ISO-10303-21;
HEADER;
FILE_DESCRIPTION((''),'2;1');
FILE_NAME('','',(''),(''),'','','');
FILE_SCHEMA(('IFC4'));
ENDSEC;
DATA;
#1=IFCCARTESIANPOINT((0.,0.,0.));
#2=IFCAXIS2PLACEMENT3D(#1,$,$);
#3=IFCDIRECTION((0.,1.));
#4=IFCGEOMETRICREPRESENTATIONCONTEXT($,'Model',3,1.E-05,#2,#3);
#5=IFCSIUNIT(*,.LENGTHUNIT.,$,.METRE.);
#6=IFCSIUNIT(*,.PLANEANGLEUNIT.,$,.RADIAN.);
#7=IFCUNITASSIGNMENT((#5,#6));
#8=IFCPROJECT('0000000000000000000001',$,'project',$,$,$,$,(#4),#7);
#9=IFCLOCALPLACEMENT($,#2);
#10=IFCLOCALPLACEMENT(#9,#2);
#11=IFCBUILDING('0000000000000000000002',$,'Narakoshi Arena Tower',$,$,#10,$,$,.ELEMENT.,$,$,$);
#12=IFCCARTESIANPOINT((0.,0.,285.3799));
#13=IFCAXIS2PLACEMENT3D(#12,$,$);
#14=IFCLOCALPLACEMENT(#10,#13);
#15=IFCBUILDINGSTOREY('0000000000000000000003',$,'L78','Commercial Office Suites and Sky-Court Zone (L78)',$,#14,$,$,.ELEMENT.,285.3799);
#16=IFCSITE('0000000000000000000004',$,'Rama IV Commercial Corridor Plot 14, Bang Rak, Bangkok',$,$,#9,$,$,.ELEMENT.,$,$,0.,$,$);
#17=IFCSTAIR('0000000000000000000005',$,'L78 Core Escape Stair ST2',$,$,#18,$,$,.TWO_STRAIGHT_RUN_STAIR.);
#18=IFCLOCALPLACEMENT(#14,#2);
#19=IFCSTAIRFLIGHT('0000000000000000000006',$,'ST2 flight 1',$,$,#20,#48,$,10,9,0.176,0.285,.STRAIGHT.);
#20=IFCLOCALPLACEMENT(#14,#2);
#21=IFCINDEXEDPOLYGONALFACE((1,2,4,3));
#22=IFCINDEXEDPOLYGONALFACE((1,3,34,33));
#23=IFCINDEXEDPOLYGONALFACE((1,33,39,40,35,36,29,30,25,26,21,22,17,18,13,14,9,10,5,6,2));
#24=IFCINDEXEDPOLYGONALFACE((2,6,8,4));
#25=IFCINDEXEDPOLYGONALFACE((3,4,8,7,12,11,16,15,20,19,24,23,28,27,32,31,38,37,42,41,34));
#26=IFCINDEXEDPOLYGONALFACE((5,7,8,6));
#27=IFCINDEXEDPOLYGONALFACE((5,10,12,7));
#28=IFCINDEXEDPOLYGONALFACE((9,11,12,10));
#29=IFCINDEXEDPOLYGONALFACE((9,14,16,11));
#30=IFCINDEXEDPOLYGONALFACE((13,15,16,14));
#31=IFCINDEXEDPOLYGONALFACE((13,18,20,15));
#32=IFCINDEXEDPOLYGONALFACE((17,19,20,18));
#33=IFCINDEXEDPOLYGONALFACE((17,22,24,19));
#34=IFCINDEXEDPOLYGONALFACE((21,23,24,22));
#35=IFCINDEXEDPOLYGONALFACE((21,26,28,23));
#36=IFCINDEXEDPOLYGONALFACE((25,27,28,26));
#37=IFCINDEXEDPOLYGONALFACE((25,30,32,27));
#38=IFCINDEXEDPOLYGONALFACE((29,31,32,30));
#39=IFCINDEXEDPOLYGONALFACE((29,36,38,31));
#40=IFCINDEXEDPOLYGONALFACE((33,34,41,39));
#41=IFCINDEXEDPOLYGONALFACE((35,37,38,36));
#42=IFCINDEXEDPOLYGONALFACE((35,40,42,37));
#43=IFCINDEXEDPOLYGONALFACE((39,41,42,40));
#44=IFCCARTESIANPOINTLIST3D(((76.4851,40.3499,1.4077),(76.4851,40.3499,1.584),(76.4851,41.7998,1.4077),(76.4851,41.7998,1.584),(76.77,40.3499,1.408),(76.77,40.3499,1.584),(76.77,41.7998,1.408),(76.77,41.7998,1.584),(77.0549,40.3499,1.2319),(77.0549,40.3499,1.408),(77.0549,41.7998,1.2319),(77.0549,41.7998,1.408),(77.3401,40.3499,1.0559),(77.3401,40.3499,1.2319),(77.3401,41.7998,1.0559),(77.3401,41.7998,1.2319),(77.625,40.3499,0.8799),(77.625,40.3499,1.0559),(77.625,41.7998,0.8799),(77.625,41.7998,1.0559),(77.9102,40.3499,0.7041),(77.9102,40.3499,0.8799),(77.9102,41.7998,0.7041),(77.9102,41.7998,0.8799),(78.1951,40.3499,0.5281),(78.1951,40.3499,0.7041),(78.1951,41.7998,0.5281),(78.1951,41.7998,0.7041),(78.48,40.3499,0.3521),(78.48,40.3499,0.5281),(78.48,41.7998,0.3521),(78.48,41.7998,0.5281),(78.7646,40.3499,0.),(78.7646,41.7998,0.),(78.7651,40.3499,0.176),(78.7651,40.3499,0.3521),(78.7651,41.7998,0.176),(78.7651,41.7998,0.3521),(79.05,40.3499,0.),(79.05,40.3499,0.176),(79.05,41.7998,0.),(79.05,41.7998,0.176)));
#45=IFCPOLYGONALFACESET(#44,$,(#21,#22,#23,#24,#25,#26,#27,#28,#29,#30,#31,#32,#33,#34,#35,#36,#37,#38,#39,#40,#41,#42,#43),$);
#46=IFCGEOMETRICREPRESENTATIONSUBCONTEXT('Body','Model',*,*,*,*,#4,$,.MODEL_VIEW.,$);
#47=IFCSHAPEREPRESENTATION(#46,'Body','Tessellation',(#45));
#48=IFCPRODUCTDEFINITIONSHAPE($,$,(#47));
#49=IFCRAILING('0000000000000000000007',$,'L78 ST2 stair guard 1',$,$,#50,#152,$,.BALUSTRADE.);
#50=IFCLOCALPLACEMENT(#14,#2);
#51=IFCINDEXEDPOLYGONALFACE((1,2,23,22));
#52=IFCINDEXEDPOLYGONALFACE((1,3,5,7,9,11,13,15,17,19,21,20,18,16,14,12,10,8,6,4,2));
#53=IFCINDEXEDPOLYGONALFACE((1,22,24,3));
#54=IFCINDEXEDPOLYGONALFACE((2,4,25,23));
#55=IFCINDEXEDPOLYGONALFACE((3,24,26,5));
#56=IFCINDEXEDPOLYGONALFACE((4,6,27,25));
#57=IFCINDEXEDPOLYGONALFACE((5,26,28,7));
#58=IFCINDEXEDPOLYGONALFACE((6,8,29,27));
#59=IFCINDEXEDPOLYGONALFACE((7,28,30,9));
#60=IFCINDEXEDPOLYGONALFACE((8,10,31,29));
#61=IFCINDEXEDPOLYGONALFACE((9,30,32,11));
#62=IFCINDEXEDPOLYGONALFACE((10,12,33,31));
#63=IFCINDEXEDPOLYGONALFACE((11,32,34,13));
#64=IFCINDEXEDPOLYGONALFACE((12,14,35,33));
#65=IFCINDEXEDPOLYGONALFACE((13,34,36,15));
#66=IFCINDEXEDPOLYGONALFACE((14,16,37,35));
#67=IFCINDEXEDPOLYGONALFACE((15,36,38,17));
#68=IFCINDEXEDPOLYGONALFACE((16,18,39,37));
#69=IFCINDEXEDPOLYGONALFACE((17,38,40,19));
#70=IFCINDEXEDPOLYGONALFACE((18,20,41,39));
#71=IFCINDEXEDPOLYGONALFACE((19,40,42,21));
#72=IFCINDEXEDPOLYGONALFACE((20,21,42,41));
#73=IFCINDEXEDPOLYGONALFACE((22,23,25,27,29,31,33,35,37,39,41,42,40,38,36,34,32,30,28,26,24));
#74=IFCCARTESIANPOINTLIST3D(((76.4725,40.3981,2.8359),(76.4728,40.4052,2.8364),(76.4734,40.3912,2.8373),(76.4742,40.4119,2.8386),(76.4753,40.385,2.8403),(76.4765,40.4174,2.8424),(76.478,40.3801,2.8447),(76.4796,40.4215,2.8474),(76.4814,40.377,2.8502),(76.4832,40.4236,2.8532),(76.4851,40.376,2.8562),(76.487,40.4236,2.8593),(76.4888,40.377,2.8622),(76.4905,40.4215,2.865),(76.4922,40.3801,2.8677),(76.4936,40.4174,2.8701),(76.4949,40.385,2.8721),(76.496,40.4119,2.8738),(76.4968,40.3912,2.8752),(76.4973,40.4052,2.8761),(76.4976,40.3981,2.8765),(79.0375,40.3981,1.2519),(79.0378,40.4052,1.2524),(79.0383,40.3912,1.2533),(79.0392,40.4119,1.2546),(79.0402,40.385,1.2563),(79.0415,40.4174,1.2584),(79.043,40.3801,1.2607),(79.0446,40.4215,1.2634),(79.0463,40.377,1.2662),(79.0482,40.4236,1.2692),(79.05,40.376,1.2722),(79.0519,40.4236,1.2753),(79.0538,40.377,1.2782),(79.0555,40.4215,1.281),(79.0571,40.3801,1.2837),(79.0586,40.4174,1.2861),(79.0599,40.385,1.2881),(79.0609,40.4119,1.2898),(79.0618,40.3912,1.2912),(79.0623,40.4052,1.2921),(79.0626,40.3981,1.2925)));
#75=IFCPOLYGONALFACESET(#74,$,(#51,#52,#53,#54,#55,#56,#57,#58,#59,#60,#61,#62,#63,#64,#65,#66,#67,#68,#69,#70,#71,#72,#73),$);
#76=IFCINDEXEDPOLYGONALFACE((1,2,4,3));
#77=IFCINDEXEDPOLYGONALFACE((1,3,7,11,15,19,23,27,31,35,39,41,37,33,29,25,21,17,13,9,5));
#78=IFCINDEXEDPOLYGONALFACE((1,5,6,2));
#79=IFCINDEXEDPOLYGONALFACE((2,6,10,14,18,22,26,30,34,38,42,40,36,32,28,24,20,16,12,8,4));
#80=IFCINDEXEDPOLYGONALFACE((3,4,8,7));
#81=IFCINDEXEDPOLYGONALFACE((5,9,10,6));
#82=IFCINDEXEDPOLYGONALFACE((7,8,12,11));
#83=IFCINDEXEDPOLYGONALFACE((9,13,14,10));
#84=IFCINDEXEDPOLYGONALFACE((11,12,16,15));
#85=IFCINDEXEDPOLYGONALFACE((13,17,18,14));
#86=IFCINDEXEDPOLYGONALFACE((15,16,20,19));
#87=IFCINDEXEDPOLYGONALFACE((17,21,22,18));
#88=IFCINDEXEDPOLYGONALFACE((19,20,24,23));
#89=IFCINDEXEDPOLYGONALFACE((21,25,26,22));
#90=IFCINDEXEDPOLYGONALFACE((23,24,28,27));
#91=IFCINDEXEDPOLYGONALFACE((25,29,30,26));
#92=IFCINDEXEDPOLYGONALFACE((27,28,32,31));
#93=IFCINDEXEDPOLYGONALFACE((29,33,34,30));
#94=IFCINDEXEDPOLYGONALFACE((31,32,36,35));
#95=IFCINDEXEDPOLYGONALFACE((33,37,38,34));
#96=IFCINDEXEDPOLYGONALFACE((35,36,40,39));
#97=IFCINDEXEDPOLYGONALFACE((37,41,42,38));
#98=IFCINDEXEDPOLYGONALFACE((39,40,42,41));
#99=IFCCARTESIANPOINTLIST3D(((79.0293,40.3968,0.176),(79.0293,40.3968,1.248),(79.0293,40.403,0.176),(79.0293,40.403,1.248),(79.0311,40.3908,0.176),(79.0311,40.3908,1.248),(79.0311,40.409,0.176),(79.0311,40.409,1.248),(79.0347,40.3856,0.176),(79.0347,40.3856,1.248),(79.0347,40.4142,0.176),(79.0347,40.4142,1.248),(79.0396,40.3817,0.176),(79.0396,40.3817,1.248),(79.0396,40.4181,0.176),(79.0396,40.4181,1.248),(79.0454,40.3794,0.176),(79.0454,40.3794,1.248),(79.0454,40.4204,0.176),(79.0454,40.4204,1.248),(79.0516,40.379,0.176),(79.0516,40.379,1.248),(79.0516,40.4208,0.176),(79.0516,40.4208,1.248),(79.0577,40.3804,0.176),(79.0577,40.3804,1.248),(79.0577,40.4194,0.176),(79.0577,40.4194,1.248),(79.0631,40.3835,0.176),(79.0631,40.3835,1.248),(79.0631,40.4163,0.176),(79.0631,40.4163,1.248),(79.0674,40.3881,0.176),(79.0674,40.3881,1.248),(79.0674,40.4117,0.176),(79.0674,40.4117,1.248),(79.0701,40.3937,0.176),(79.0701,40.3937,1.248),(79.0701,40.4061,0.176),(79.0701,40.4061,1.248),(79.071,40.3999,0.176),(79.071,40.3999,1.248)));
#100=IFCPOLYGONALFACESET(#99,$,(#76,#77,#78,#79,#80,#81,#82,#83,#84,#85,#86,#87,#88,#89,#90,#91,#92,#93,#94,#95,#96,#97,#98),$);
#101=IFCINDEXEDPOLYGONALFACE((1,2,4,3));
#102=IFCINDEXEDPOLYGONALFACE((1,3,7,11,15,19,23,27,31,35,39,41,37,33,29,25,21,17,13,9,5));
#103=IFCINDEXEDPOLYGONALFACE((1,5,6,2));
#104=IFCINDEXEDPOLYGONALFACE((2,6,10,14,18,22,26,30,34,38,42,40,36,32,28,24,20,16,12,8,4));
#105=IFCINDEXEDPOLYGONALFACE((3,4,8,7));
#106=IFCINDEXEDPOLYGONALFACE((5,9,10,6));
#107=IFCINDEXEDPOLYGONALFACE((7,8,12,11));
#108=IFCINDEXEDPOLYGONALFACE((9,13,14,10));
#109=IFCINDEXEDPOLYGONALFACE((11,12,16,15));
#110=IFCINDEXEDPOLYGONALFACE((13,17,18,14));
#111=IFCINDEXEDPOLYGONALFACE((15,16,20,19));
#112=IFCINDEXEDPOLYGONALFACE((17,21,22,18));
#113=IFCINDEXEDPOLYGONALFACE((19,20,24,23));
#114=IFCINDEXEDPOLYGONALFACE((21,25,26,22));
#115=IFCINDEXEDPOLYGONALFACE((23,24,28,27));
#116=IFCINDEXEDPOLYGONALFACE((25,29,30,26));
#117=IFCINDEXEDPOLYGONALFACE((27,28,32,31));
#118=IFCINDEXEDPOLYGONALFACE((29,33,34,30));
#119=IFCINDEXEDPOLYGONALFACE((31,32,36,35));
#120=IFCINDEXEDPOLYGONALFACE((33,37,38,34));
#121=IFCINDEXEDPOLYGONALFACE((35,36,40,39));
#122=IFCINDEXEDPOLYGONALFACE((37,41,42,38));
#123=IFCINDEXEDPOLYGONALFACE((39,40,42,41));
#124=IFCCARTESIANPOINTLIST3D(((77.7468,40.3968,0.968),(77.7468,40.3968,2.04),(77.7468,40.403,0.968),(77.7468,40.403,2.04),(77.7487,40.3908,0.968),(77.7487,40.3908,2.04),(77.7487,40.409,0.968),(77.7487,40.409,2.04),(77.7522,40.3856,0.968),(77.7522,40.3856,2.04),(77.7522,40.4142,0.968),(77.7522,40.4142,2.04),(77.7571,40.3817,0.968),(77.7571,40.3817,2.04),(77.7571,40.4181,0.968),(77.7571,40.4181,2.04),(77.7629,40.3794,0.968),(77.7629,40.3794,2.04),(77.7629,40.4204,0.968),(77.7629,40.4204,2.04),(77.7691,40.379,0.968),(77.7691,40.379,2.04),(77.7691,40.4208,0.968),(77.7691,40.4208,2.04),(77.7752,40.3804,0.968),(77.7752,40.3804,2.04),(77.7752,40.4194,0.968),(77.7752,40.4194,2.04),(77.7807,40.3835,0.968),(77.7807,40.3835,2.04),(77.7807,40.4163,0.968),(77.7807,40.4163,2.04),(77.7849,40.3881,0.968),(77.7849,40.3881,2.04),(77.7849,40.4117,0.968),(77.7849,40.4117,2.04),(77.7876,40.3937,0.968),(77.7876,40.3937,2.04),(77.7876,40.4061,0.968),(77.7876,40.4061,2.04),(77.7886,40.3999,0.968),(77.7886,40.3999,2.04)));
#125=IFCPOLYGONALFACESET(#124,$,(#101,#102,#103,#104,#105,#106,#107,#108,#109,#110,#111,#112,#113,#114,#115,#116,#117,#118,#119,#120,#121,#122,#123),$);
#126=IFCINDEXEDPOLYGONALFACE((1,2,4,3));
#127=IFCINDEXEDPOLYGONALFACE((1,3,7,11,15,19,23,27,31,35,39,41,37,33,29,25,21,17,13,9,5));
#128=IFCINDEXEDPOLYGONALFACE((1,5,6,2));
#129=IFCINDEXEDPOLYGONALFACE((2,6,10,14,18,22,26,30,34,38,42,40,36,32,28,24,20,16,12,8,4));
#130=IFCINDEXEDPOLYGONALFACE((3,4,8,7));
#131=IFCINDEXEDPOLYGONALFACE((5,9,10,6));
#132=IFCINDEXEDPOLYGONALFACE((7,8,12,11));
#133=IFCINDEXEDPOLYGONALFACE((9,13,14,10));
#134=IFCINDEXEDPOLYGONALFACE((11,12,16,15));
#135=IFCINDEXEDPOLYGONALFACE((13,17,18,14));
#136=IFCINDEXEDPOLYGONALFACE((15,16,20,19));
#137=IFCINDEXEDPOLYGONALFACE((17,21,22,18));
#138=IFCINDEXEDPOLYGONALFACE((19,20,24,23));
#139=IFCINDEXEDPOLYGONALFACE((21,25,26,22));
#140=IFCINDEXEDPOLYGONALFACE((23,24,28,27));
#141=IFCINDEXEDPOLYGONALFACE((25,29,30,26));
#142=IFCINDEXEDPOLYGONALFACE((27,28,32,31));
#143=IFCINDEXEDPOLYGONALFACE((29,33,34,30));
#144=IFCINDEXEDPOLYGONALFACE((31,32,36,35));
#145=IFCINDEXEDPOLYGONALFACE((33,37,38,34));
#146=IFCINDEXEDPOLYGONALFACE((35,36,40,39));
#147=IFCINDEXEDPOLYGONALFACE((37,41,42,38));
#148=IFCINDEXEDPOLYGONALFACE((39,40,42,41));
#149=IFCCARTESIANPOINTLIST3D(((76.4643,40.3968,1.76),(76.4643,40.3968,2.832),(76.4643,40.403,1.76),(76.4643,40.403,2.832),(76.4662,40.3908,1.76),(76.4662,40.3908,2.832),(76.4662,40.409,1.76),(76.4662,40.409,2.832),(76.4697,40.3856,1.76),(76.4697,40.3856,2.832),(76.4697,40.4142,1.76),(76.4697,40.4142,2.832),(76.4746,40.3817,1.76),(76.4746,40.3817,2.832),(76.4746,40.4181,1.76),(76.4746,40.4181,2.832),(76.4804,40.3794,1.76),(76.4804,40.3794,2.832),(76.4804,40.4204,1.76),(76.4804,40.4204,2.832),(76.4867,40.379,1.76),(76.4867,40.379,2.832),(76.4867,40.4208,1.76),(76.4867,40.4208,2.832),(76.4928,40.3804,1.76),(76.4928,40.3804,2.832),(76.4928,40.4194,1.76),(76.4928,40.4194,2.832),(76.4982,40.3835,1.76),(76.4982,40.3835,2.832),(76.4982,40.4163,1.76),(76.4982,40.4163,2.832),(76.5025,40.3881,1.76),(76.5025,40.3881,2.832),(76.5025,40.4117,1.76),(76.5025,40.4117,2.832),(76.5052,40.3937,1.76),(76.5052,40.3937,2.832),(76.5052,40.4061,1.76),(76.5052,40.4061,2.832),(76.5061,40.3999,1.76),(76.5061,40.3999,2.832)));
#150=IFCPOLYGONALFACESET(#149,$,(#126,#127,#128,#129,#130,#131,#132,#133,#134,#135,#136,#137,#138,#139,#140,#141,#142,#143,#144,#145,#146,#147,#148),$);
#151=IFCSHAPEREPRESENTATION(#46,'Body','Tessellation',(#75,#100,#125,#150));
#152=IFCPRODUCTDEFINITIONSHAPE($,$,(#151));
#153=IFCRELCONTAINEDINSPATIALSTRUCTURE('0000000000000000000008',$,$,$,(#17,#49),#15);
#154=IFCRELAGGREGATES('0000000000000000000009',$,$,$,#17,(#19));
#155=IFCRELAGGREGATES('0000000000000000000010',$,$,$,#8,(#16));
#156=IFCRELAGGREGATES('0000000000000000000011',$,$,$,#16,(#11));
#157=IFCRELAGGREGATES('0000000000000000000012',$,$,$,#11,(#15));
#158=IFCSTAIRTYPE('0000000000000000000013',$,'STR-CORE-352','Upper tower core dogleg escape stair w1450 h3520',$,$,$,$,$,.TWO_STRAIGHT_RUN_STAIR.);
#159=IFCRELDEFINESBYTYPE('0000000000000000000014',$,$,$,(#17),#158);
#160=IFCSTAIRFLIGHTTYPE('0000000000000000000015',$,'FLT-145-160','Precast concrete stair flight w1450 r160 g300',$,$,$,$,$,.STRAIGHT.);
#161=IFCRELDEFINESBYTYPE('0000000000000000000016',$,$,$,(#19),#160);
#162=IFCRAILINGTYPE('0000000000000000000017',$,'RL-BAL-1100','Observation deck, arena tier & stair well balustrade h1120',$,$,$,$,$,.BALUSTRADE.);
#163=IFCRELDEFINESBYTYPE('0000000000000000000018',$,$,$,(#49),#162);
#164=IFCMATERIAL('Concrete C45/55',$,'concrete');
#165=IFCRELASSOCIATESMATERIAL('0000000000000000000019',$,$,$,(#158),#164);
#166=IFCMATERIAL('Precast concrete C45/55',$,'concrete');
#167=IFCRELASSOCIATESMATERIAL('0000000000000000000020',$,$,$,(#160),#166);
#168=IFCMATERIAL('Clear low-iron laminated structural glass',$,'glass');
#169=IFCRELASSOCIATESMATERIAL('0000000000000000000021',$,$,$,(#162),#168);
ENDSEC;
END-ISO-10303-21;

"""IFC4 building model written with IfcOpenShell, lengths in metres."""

from ifc_helpers import new_model, si_unit, direction, frame, origin, origin_2d, place, context, subcontext, project, spatial, polyline, circle, outline, extrude, material, type_object, element, aggregate, save


model = new_model("IFC4")

# Units and contexts
model_context = context("Model", 3, precision=1e-05, world=origin(), true_north=direction((0.0, 1.0)))
body_context = subcontext(model_context, "Body", "Model", "MODEL_VIEW")
ifc_project = project(units=[si_unit("LENGTHUNIT", "METRE"), si_unit("PLANEANGLEUNIT", "RADIAN")], contexts=[model_context])

# Site, building, storey
site_placement = place(None, origin())
site = spatial("IfcSite", under=ifc_project, at=site_placement, Name="Rama IV Commercial Corridor Plot 14, Bang Rak, Bangkok", CompositionType="ELEMENT", RefElevation=0.0)
building_placement = place(site_placement, origin())
building = spatial("IfcBuilding", under=site, at=building_placement, Name="Narakoshi Arena Tower", CompositionType="ELEMENT")
storey_placement = place(building_placement, frame((0.0, 0.0, 285.3799)))
storey = spatial("IfcBuildingStorey", under=building, at=storey_placement, Name="L78", Description="Commercial Office Suites and Sky-Court Zone (L78)", CompositionType="ELEMENT", Elevation=285.3799)

# Shared definitions
ifc_material_1 = material(Name="Precast concrete C45/55", Category="concrete")

# Stair, stair flight
ifc_material_2 = material(Name="Concrete C45/55", Category="concrete")
stair_type = type_object("IfcStairType", Name="STR-CORE-352", Description="Upper tower core dogleg escape stair w1450 h3520", PredefinedType="TWO_STRAIGHT_RUN_STAIR", material=ifc_material_2)
stair_placement = place(storey_placement, origin())
stair = element("IfcStair", 1, at=stair_placement, inside=storey, type_object=stair_type, Name="L78 Core Escape Stair ST2", PredefinedType="TWO_STRAIGHT_RUN_STAIR")
stair_flight_type = type_object("IfcStairFlightType", Name="FLT-145-160", Description="Precast concrete stair flight w1450 r160 g300", PredefinedType="STRAIGHT", material=ifc_material_1)
stair_flight_placement = place(storey_placement, frame((79.05, 41.075, 0.0), z_axis=(0.0, 0.0, 1.0), x_axis=(-1.0, 0.0, 0.0)))
stair_flight = element("IfcStairFlight", 2, at=stair_flight_placement, type_object=stair_flight_type, Name="ST2 flight 1", NumberOfRisers=10, NumberOfTreads=9, PredefinedType="STRAIGHT", RiserHeight=0.176, TreadLength=0.285, context=body_context, shape_type="SweptSolid", body=[
    extrude(outline(polyline([(0.0, 0.0), (0.0, 0.176), (0.2849, 0.176), (0.2849, 0.3521), (0.5701, 0.3521), (0.5701, 0.5281), (0.855, 0.5281), (0.855, 0.7041), (1.1399, 0.7041), (1.1399, 0.8799), (1.425, 0.8799), (1.425, 1.0559), (1.71, 1.0559), (1.71, 1.2319), (1.9951, 1.2319), (1.9951, 1.408), (2.28, 1.408), (2.28, 1.584), (2.5649, 1.584), (2.5649, 1.76), (2.5649, 1.4077), (0.2854, 0.0), (0.0, 0.0)])), frame((0.0, 0.7251, 0.0), z_axis=(0.0, -1.0, 0.0), x_axis=(1.0, 0.0, 0.0)), (0.0, 0.0, 1.0), 1.45),
])
aggregate(stair, [stair_flight])

# Railing
ifc_material_3 = material(Name="Clear low-iron laminated structural glass", Category="glass")
railing_type_1 = type_object("IfcRailingType", Name="RL-BAL-1100", Description="Observation deck, arena tier & stair well balustrade h1120", PredefinedType="BALUSTRADE", material=ifc_material_3)
railing_1_placement = place(storey_placement, frame((79.05, 40.3999, 0.176)))
element("IfcRailing", 3, at=railing_1_placement, inside=storey, type_object=railing_type_1, Name="L78 ST2 stair guard 1", PredefinedType="BALUSTRADE", context=body_context, shape_type="SweptSolid", body=[
    extrude(circle(Radius=0.0239, at=origin_2d()), frame((0.0, 0.0, 1.0962), z_axis=(-0.850834, 0.0, 0.525434), x_axis=(0.0, -1.0, 0.0)), (0.0, 0.0, 1.0), 3.0146),
    extrude(circle(Radius=0.021, at=origin_2d()), origin(), (0.0, 0.0, 1.0), 1.072),
    extrude(circle(Radius=0.021, at=origin_2d()), frame((-1.2825, 0.0, 0.792)), (0.0, 0.0, 1.0), 1.072),
    extrude(circle(Radius=0.021, at=origin_2d()), frame((-2.5649, 0.0, 1.584)), (0.0, 0.0, 1.0), 1.072),
])

save(model, "model.ifc")
